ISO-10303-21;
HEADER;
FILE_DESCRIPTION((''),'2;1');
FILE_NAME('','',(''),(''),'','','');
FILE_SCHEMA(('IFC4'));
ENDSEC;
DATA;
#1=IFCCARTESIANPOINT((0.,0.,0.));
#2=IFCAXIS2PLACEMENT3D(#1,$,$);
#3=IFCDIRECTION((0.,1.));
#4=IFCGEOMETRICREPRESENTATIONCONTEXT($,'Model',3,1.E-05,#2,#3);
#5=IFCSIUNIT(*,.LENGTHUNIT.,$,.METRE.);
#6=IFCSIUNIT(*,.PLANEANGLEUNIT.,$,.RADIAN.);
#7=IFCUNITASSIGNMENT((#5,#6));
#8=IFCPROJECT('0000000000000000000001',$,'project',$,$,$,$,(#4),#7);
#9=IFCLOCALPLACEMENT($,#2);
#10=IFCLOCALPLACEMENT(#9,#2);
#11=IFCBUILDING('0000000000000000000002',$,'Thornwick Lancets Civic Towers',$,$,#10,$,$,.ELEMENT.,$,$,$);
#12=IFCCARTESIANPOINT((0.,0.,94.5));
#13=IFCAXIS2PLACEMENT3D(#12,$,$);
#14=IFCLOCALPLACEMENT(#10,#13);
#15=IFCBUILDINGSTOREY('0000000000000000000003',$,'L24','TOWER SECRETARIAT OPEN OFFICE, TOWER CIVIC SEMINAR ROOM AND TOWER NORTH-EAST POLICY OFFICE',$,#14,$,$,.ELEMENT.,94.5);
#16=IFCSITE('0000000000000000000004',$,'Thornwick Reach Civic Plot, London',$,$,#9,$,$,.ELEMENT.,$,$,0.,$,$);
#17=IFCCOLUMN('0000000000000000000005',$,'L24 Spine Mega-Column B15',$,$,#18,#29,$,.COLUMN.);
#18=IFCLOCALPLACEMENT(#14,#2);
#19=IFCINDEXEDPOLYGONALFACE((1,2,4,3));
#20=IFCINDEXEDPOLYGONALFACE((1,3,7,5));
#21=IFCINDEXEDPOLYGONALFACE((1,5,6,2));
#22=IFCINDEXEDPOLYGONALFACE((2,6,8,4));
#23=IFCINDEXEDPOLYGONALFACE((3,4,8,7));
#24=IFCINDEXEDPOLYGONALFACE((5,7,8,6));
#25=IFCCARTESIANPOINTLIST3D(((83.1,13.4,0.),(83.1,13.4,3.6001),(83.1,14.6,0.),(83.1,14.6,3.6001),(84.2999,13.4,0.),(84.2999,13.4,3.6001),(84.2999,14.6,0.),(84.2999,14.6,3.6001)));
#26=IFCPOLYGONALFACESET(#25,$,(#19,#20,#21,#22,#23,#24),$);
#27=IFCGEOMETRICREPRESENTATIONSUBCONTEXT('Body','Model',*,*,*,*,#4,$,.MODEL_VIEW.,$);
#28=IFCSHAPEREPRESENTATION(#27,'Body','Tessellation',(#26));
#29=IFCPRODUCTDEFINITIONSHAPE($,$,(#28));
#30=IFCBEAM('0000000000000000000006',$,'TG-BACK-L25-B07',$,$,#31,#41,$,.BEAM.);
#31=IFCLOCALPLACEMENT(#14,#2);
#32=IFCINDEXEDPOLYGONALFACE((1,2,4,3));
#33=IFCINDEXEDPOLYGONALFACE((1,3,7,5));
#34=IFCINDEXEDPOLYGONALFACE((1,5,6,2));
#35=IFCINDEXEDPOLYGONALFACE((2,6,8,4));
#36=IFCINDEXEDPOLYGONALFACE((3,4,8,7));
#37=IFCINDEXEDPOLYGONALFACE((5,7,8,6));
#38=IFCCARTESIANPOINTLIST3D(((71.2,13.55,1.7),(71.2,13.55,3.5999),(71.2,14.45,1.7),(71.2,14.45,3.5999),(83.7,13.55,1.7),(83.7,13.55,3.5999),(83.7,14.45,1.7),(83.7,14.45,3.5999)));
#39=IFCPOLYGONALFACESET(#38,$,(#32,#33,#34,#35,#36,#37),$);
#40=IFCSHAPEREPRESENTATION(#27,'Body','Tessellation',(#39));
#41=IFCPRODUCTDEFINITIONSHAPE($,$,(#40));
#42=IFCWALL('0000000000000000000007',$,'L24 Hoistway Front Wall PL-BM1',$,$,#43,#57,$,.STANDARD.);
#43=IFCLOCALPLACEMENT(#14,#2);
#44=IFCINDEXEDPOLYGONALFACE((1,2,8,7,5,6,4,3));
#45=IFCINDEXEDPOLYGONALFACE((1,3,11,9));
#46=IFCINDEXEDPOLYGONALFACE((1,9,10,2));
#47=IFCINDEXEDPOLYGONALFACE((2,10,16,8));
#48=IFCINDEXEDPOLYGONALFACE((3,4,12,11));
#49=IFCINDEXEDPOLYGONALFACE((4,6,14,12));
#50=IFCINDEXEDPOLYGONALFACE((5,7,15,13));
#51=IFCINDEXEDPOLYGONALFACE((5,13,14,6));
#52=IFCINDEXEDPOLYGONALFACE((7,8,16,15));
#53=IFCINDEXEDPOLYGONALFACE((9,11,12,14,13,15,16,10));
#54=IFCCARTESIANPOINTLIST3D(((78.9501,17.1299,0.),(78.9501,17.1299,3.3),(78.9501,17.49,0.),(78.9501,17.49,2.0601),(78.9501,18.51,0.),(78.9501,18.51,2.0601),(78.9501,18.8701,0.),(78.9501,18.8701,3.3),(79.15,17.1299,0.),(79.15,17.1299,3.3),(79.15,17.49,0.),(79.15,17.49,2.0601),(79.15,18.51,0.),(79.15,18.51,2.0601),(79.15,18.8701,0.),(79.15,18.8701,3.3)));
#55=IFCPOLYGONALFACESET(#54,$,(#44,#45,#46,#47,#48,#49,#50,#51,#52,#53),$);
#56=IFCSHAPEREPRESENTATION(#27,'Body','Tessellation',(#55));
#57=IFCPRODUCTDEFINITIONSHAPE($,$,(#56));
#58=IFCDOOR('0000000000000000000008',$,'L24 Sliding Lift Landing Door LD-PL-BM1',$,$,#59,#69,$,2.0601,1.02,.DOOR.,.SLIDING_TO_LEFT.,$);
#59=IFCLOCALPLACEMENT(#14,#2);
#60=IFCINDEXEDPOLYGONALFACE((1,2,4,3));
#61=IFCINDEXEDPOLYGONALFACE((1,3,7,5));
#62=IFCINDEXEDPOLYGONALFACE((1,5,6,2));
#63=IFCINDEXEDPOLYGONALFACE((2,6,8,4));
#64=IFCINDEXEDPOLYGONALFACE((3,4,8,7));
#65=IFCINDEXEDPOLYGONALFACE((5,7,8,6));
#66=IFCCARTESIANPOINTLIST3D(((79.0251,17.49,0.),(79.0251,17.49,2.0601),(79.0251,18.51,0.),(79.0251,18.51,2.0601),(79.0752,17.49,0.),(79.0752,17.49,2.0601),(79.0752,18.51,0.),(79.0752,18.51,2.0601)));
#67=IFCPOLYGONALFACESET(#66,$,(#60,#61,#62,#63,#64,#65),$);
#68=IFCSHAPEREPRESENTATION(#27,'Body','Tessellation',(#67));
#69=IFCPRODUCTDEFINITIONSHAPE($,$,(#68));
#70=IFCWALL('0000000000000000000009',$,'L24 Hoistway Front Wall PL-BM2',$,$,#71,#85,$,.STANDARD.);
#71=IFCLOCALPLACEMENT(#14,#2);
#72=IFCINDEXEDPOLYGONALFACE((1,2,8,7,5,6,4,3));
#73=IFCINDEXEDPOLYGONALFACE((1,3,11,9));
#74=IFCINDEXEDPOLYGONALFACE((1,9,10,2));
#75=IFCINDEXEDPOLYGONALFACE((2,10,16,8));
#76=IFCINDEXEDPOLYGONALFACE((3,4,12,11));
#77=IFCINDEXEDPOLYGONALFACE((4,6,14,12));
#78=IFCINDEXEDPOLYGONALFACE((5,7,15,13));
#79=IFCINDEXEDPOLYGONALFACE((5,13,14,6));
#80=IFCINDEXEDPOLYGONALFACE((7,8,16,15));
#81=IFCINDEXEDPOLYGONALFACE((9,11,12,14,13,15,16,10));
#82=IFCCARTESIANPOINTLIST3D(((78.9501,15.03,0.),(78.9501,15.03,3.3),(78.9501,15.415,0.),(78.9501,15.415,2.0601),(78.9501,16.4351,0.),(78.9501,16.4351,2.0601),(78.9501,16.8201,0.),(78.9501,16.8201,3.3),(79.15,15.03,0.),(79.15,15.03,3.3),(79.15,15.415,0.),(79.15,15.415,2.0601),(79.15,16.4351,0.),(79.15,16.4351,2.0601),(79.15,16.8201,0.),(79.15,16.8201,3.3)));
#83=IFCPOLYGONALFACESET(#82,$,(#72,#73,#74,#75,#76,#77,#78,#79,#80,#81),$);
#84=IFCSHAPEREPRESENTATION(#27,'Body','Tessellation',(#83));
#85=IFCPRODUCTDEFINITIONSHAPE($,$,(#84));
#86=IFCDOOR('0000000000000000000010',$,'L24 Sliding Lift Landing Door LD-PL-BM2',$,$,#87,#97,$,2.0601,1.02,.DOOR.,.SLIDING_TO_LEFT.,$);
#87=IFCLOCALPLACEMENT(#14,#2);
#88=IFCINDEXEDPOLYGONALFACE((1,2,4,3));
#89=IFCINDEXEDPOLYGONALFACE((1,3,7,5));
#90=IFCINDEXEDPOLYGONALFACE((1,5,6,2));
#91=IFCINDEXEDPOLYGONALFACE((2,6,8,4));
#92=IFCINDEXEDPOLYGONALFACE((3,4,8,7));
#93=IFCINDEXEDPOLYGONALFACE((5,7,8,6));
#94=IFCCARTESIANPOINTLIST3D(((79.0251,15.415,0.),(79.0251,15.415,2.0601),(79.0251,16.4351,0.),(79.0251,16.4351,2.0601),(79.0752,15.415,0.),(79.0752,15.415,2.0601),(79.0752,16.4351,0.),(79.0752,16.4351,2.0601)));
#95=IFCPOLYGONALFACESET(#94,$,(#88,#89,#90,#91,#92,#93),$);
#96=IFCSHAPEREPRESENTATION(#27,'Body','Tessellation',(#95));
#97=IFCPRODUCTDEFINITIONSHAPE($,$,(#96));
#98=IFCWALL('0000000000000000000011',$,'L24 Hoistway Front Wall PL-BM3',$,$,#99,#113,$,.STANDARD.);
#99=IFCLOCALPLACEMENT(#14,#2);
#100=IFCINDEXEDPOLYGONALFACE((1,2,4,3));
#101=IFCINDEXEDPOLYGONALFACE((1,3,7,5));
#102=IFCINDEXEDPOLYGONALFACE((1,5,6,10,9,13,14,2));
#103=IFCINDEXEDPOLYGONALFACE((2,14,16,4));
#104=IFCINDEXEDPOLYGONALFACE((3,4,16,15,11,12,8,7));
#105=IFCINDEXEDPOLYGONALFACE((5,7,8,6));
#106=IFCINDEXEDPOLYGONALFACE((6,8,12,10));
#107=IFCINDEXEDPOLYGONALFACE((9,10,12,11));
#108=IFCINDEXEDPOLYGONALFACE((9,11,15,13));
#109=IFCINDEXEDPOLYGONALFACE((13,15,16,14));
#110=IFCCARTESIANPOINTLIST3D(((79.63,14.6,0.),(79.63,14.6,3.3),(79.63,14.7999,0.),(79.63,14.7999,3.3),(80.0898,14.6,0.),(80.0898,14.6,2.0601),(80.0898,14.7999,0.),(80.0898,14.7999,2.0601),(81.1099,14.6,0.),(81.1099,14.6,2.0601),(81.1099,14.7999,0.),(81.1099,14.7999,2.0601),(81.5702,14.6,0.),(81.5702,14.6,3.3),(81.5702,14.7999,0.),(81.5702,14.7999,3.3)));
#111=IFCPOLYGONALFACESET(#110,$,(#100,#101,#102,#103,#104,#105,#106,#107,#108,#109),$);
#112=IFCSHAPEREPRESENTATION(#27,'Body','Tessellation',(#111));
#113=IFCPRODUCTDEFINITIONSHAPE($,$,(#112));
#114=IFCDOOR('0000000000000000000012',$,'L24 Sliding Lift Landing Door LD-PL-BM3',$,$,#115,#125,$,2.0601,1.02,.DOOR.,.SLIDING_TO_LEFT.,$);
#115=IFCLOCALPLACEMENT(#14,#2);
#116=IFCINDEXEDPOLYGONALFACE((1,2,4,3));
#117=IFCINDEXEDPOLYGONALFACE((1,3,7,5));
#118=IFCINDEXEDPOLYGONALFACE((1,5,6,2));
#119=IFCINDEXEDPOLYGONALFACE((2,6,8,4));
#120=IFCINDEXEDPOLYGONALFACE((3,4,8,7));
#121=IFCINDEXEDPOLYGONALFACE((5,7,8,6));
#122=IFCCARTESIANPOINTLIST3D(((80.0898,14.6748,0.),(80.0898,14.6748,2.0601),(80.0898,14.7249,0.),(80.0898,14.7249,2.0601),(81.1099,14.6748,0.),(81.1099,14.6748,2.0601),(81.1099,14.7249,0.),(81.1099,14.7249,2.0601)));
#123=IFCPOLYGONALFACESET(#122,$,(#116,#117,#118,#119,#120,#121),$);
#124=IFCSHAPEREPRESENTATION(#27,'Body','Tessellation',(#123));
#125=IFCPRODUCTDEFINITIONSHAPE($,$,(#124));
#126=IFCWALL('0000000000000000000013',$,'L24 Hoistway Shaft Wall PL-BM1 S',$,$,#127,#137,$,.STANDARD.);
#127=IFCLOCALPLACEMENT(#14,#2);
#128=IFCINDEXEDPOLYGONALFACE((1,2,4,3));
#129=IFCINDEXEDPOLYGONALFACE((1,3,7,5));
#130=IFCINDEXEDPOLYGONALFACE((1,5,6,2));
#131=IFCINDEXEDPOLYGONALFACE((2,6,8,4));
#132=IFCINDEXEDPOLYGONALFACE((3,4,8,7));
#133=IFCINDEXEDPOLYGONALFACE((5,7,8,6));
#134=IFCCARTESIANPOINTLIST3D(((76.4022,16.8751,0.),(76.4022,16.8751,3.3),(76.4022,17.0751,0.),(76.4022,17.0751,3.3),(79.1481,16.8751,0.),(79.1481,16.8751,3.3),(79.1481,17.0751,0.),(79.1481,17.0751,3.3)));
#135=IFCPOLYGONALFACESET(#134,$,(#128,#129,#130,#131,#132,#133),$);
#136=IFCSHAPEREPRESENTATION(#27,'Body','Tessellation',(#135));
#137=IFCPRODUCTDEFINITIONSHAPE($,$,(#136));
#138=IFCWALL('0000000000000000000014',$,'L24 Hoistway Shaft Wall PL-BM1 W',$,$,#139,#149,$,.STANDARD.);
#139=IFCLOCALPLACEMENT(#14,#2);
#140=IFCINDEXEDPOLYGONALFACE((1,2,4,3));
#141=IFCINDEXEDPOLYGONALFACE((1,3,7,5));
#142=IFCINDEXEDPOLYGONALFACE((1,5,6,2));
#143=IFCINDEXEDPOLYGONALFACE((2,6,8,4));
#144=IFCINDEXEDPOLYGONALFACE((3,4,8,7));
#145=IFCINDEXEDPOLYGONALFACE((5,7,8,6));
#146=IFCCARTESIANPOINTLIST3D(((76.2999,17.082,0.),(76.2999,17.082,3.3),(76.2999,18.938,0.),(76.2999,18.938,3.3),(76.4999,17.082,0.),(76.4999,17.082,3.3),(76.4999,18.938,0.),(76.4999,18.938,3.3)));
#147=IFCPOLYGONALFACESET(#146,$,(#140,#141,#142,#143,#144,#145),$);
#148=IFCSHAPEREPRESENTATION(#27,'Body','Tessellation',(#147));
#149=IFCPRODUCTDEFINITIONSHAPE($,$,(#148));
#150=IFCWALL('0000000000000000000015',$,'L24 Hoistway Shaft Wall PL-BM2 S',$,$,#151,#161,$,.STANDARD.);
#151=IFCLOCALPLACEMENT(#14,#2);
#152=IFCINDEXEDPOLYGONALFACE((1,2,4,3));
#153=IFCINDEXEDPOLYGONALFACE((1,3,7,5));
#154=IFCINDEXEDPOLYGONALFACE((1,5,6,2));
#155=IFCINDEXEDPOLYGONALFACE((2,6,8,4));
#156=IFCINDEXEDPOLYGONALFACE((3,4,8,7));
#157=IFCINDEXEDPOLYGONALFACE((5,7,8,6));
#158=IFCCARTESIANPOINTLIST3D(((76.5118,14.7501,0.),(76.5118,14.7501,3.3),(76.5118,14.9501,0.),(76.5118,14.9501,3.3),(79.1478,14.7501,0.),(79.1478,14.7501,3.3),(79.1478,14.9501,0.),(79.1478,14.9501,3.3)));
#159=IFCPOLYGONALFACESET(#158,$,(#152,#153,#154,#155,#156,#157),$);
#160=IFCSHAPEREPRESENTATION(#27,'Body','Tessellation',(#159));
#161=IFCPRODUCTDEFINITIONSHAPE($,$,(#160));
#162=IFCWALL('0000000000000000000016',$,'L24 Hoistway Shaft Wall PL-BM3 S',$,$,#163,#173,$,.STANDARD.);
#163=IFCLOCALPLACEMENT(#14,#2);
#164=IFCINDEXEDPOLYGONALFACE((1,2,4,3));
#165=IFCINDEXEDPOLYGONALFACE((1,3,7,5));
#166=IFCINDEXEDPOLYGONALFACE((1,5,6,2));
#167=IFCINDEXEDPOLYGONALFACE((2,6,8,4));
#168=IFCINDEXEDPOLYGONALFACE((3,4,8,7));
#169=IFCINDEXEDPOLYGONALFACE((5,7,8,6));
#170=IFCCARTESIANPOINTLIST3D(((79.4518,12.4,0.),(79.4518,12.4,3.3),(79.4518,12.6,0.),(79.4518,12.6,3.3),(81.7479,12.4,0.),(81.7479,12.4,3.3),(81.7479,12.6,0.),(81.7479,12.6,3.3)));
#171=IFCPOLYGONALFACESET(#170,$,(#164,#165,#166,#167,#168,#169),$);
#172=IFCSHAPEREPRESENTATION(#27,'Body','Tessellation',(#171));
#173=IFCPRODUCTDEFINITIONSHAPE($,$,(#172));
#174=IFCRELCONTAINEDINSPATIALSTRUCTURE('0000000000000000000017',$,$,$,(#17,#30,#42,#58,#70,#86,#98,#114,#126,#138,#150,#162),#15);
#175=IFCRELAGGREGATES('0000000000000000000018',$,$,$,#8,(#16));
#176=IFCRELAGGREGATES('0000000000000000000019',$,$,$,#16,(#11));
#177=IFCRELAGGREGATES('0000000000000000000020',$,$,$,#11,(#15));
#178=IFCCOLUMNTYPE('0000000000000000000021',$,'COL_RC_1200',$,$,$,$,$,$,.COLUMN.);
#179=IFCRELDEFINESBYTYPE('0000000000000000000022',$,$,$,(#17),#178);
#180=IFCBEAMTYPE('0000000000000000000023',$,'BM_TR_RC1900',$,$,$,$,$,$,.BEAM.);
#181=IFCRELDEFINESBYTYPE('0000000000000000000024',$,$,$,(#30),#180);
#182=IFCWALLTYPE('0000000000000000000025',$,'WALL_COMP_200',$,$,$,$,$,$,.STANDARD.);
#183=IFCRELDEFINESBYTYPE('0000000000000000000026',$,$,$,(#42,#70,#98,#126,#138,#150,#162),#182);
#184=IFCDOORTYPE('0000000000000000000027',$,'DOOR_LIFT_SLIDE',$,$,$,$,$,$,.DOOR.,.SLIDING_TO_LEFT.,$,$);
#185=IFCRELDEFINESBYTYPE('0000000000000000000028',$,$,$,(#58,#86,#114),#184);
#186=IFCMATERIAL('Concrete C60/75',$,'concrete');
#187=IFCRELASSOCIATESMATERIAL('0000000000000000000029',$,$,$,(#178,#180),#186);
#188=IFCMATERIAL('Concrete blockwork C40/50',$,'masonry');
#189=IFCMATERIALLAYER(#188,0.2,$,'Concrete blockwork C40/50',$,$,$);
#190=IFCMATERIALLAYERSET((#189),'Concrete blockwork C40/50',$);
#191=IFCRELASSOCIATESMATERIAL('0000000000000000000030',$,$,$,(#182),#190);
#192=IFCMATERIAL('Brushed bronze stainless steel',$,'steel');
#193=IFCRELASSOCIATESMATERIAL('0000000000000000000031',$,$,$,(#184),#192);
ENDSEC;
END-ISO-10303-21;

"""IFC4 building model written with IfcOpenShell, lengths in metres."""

from ifc_helpers import new_model, si_unit, direction, frame, frame_2d, origin, origin_2d, place, context, subcontext, project, spatial, rectangle, extrude, material, layer, layer_set, material_profile, profile_set, type_object, element, fill, save


model = new_model("IFC4")

# Units and contexts
model_context = context("Model", 3, precision=1e-05, world=origin(), true_north=direction((0.0, 1.0)))
body_context = subcontext(model_context, "Body", "Model", "MODEL_VIEW")
ifc_project = project(units=[si_unit("LENGTHUNIT", "METRE"), si_unit("PLANEANGLEUNIT", "RADIAN")], contexts=[model_context])

# Site, building, storey
site_placement = place(None, origin())
site = spatial("IfcSite", under=ifc_project, at=site_placement, Name="Thornwick Reach Civic Plot, London", CompositionType="ELEMENT", RefElevation=0.0)
building_placement = place(site_placement, origin())
building = spatial("IfcBuilding", under=site, at=building_placement, Name="Thornwick Lancets Civic Towers", CompositionType="ELEMENT")
storey_placement = place(building_placement, frame((0.0, 0.0, 94.5)))
storey = spatial("IfcBuildingStorey", under=building, at=storey_placement, Name="L24", Description="TOWER SECRETARIAT OPEN OFFICE, TOWER CIVIC SEMINAR ROOM AND TOWER NORTH-EAST POLICY OFFICE", CompositionType="ELEMENT", Elevation=94.5)

# Column
ifc_material_1 = material(Name="Concrete C60/75", Category="concrete")
ifc_material_profile_1 = material_profile(ifc_material_1, rectangle(XDim=1.2, YDim=1.2, at=origin_2d()), Name="RC 1200x1200")
ifc_profile_set_1 = profile_set([ifc_material_profile_1], Name="Concrete C60/75")
column_type = type_object("IfcColumnType", Name="COL_RC_1200", PredefinedType="COLUMN", material=ifc_profile_set_1)
column_placement = place(storey_placement, frame((83.7, 14.0, 0.0), z_axis=(0.0, 0.0, 1.0), x_axis=(1.0, 0.0, 0.0)))
element("IfcColumn", 1, at=column_placement, inside=storey, type_object=column_type, Name="L24 Spine Mega-Column B15", PredefinedType="COLUMN", context=body_context, shape_type="SweptSolid", body=[
    extrude(rectangle(XDim=1.2, YDim=1.2, at=origin_2d()), origin(), (0.0, 0.0, 1.0), 3.6001),
])

# Beam
ifc_material_profile_2 = material_profile(ifc_material_1, rectangle(XDim=0.8999, YDim=1.8999, at=origin_2d()), Name="RC 900x1900")
ifc_profile_set_2 = profile_set([ifc_material_profile_2], Name="Concrete C60/75")
beam_type = type_object("IfcBeamType", Name="BM_TR_RC1900", PredefinedType="BEAM", material=ifc_profile_set_2)
beam_placement = place(storey_placement, frame((83.7, 14.0, 2.6499), z_axis=(-1.0, 0.0, 0.0), x_axis=(0.0, -1.0, 0.0)))
element("IfcBeam", 2, at=beam_placement, inside=storey, type_object=beam_type, Name="TG-BACK-L25-B07", PredefinedType="BEAM", context=body_context, shape_type="SweptSolid", body=[
    extrude(rectangle(XDim=0.8999, YDim=1.8999, at=origin_2d()), origin(), (0.0, 0.0, 1.0), 12.5),
])

# Walls, openings, doors
ifc_material_2 = material(Name="Concrete blockwork C40/50", Category="masonry")
ifc_layer_1 = layer(ifc_material_2, 0.2, Name="Concrete blockwork C40/50")
ifc_layer_set_1 = layer_set([ifc_layer_1], Name="Concrete blockwork C40/50")
wall_type_1 = type_object("IfcWallType", Name="WALL_COMP_200", PredefinedType="STANDARD", material=ifc_layer_set_1)
wall_1_placement = place(storey_placement, frame((79.05, 17.1299, 0.0), z_axis=(0.0, 0.0, 1.0), x_axis=(0.0, 1.0, 0.0)))
wall_1 = element("IfcWall", 3, at=wall_1_placement, inside=storey, type_object=wall_type_1, Name="L24 Hoistway Front Wall PL-BM1", PredefinedType="STANDARD", context=body_context, shape_type="SweptSolid", body=[
    extrude(rectangle(XDim=1.7402, YDim=0.2, at=frame_2d((0.8701, 0.0))), origin(), (0.0, 0.0, 1.0), 3.3),
])
opening_1_placement = place(wall_1_placement, frame((0.3601, 0.0, 0.0)))
opening_1 = element("IfcOpeningElement", 4, at=opening_1_placement, cuts=wall_1, PredefinedType="OPENING", context=body_context, shape_type="SweptSolid", body=[
    extrude(rectangle(XDim=1.02, YDim=2.0601, at=frame_2d((0.51, 1.03))), frame((0.0, 0.1099, 0.0), z_axis=(0.0, -1.0, 0.0), x_axis=(1.0, 0.0, 0.0)), (0.0, 0.0, 1.0), 0.22),
])
ifc_material_3 = material(Name="Brushed bronze stainless steel", Category="steel")
door_type_1 = type_object("IfcDoorType", Name="DOOR_LIFT_SLIDE", OperationType="SLIDING_TO_LEFT", PredefinedType="DOOR", material=ifc_material_3)
door_1_placement = place(opening_1_placement, origin())
door_1 = element("IfcDoor", 5, at=door_1_placement, inside=storey, type_object=door_type_1, Name="L24 Sliding Lift Landing Door LD-PL-BM1", OperationType="SLIDING_TO_LEFT", OverallHeight=2.0601, OverallWidth=1.02, PredefinedType="DOOR", context=body_context, shape_type="SweptSolid", body=[
    extrude(rectangle(XDim=1.02, YDim=2.0601, at=frame_2d((0.51, 1.03))), frame((0.0, 0.0249, 0.0), z_axis=(0.0, -1.0, 0.0), x_axis=(1.0, 0.0, 0.0)), (0.0, 0.0, 1.0), 0.05),
])
fill(opening_1, door_1)
wall_2_placement = place(storey_placement, frame((79.05, 15.03, 0.0), z_axis=(0.0, 0.0, 1.0), x_axis=(0.0, 1.0, 0.0)))
wall_2 = element("IfcWall", 6, at=wall_2_placement, inside=storey, type_object=wall_type_1, Name="L24 Hoistway Front Wall PL-BM2", PredefinedType="STANDARD", context=body_context, shape_type="SweptSolid", body=[
    extrude(rectangle(XDim=1.79, YDim=0.2, at=frame_2d((0.895, 0.0))), origin(), (0.0, 0.0, 1.0), 3.3),
])
opening_2_placement = place(wall_2_placement, frame((0.385, 0.0, 0.0)))
opening_2 = element("IfcOpeningElement", 7, at=opening_2_placement, cuts=wall_2, PredefinedType="OPENING", context=body_context, shape_type="SweptSolid", body=[
    extrude(rectangle(XDim=1.02, YDim=2.0601, at=frame_2d((0.51, 1.03))), frame((0.0, 0.1099, 0.0), z_axis=(0.0, -1.0, 0.0), x_axis=(1.0, 0.0, 0.0)), (0.0, 0.0, 1.0), 0.22),
])
door_2_placement = place(opening_2_placement, origin())
door_2 = element("IfcDoor", 8, at=door_2_placement, inside=storey, type_object=door_type_1, Name="L24 Sliding Lift Landing Door LD-PL-BM2", OperationType="SLIDING_TO_LEFT", OverallHeight=2.0601, OverallWidth=1.02, PredefinedType="DOOR", context=body_context, shape_type="SweptSolid", body=[
    extrude(rectangle(XDim=1.02, YDim=2.0601, at=frame_2d((0.51, 1.03))), frame((0.0, 0.0249, 0.0), z_axis=(0.0, -1.0, 0.0), x_axis=(1.0, 0.0, 0.0)), (0.0, 0.0, 1.0), 0.05),
])
fill(opening_2, door_2)
wall_3_placement = place(storey_placement, frame((79.6299, 14.7, 0.0), z_axis=(0.0, 0.0, 1.0), x_axis=(1.0, 0.0, 0.0)))
wall_3 = element("IfcWall", 9, at=wall_3_placement, inside=storey, type_object=wall_type_1, Name="L24 Hoistway Front Wall PL-BM3", PredefinedType="STANDARD", context=body_context, shape_type="SweptSolid", body=[
    extrude(rectangle(XDim=1.9402, YDim=0.2, at=frame_2d((0.9702, 0.0))), origin(), (0.0, 0.0, 1.0), 3.3),
])
opening_3_placement = place(wall_3_placement, frame((0.46, 0.0, 0.0)))
opening_3 = element("IfcOpeningElement", 10, at=opening_3_placement, cuts=wall_3, PredefinedType="OPENING", context=body_context, shape_type="SweptSolid", body=[
    extrude(rectangle(XDim=1.02, YDim=2.0601, at=frame_2d((0.51, 1.03))), frame((0.0, 0.1099, 0.0), z_axis=(0.0, -1.0, 0.0), x_axis=(1.0, 0.0, 0.0)), (0.0, 0.0, 1.0), 0.22),
])
door_3_placement = place(opening_3_placement, origin())
door_3 = element("IfcDoor", 11, at=door_3_placement, inside=storey, type_object=door_type_1, Name="L24 Sliding Lift Landing Door LD-PL-BM3", OperationType="SLIDING_TO_LEFT", OverallHeight=2.0601, OverallWidth=1.02, PredefinedType="DOOR", context=body_context, shape_type="SweptSolid", body=[
    extrude(rectangle(XDim=1.02, YDim=2.0601, at=frame_2d((0.51, 1.03))), frame((0.0, 0.0249, 0.0), z_axis=(0.0, -1.0, 0.0), x_axis=(1.0, 0.0, 0.0)), (0.0, 0.0, 1.0), 0.05),
])
fill(opening_3, door_3)

# Walls
wall_4_placement = place(storey_placement, frame((76.4021, 16.9751, 0.0), z_axis=(0.0, 0.0, 1.0), x_axis=(1.0, 0.0, 0.0)))
element("IfcWall", 12, at=wall_4_placement, inside=storey, type_object=wall_type_1, Name="L24 Hoistway Shaft Wall PL-BM1 S", PredefinedType="STANDARD", context=body_context, shape_type="SweptSolid", body=[
    extrude(rectangle(XDim=2.7458, YDim=0.2, at=frame_2d((1.373, 0.0))), origin(), (0.0, 0.0, 1.0), 3.3),
])
wall_5_placement = place(storey_placement, frame((76.3999, 17.082, 0.0), z_axis=(0.0, 0.0, 1.0), x_axis=(0.0, 1.0, 0.0)))
element("IfcWall", 13, at=wall_5_placement, inside=storey, type_object=wall_type_1, Name="L24 Hoistway Shaft Wall PL-BM1 W", PredefinedType="STANDARD", context=body_context, shape_type="SweptSolid", body=[
    extrude(rectangle(XDim=1.856, YDim=0.2, at=frame_2d((0.928, 0.0))), origin(), (0.0, 0.0, 1.0), 3.3),
])
wall_6_placement = place(storey_placement, frame((76.512, 14.8501, 0.0), z_axis=(0.0, 0.0, 1.0), x_axis=(1.0, 0.0, 0.0)))
element("IfcWall", 14, at=wall_6_placement, inside=storey, type_object=wall_type_1, Name="L24 Hoistway Shaft Wall PL-BM2 S", PredefinedType="STANDARD", context=body_context, shape_type="SweptSolid", body=[
    extrude(rectangle(XDim=2.636, YDim=0.2, at=frame_2d((1.3179, 0.0))), origin(), (0.0, 0.0, 1.0), 3.3),
])
wall_7_placement = place(storey_placement, frame((79.4519, 12.5, 0.0), z_axis=(0.0, 0.0, 1.0), x_axis=(1.0, 0.0, 0.0)))
element("IfcWall", 15, at=wall_7_placement, inside=storey, type_object=wall_type_1, Name="L24 Hoistway Shaft Wall PL-BM3 S", PredefinedType="STANDARD", context=body_context, shape_type="SweptSolid", body=[
    extrude(rectangle(XDim=2.2961, YDim=0.2, at=frame_2d((1.1479, 0.0))), origin(), (0.0, 0.0, 1.0), 3.3),
])

save(model, "model.ifc")
